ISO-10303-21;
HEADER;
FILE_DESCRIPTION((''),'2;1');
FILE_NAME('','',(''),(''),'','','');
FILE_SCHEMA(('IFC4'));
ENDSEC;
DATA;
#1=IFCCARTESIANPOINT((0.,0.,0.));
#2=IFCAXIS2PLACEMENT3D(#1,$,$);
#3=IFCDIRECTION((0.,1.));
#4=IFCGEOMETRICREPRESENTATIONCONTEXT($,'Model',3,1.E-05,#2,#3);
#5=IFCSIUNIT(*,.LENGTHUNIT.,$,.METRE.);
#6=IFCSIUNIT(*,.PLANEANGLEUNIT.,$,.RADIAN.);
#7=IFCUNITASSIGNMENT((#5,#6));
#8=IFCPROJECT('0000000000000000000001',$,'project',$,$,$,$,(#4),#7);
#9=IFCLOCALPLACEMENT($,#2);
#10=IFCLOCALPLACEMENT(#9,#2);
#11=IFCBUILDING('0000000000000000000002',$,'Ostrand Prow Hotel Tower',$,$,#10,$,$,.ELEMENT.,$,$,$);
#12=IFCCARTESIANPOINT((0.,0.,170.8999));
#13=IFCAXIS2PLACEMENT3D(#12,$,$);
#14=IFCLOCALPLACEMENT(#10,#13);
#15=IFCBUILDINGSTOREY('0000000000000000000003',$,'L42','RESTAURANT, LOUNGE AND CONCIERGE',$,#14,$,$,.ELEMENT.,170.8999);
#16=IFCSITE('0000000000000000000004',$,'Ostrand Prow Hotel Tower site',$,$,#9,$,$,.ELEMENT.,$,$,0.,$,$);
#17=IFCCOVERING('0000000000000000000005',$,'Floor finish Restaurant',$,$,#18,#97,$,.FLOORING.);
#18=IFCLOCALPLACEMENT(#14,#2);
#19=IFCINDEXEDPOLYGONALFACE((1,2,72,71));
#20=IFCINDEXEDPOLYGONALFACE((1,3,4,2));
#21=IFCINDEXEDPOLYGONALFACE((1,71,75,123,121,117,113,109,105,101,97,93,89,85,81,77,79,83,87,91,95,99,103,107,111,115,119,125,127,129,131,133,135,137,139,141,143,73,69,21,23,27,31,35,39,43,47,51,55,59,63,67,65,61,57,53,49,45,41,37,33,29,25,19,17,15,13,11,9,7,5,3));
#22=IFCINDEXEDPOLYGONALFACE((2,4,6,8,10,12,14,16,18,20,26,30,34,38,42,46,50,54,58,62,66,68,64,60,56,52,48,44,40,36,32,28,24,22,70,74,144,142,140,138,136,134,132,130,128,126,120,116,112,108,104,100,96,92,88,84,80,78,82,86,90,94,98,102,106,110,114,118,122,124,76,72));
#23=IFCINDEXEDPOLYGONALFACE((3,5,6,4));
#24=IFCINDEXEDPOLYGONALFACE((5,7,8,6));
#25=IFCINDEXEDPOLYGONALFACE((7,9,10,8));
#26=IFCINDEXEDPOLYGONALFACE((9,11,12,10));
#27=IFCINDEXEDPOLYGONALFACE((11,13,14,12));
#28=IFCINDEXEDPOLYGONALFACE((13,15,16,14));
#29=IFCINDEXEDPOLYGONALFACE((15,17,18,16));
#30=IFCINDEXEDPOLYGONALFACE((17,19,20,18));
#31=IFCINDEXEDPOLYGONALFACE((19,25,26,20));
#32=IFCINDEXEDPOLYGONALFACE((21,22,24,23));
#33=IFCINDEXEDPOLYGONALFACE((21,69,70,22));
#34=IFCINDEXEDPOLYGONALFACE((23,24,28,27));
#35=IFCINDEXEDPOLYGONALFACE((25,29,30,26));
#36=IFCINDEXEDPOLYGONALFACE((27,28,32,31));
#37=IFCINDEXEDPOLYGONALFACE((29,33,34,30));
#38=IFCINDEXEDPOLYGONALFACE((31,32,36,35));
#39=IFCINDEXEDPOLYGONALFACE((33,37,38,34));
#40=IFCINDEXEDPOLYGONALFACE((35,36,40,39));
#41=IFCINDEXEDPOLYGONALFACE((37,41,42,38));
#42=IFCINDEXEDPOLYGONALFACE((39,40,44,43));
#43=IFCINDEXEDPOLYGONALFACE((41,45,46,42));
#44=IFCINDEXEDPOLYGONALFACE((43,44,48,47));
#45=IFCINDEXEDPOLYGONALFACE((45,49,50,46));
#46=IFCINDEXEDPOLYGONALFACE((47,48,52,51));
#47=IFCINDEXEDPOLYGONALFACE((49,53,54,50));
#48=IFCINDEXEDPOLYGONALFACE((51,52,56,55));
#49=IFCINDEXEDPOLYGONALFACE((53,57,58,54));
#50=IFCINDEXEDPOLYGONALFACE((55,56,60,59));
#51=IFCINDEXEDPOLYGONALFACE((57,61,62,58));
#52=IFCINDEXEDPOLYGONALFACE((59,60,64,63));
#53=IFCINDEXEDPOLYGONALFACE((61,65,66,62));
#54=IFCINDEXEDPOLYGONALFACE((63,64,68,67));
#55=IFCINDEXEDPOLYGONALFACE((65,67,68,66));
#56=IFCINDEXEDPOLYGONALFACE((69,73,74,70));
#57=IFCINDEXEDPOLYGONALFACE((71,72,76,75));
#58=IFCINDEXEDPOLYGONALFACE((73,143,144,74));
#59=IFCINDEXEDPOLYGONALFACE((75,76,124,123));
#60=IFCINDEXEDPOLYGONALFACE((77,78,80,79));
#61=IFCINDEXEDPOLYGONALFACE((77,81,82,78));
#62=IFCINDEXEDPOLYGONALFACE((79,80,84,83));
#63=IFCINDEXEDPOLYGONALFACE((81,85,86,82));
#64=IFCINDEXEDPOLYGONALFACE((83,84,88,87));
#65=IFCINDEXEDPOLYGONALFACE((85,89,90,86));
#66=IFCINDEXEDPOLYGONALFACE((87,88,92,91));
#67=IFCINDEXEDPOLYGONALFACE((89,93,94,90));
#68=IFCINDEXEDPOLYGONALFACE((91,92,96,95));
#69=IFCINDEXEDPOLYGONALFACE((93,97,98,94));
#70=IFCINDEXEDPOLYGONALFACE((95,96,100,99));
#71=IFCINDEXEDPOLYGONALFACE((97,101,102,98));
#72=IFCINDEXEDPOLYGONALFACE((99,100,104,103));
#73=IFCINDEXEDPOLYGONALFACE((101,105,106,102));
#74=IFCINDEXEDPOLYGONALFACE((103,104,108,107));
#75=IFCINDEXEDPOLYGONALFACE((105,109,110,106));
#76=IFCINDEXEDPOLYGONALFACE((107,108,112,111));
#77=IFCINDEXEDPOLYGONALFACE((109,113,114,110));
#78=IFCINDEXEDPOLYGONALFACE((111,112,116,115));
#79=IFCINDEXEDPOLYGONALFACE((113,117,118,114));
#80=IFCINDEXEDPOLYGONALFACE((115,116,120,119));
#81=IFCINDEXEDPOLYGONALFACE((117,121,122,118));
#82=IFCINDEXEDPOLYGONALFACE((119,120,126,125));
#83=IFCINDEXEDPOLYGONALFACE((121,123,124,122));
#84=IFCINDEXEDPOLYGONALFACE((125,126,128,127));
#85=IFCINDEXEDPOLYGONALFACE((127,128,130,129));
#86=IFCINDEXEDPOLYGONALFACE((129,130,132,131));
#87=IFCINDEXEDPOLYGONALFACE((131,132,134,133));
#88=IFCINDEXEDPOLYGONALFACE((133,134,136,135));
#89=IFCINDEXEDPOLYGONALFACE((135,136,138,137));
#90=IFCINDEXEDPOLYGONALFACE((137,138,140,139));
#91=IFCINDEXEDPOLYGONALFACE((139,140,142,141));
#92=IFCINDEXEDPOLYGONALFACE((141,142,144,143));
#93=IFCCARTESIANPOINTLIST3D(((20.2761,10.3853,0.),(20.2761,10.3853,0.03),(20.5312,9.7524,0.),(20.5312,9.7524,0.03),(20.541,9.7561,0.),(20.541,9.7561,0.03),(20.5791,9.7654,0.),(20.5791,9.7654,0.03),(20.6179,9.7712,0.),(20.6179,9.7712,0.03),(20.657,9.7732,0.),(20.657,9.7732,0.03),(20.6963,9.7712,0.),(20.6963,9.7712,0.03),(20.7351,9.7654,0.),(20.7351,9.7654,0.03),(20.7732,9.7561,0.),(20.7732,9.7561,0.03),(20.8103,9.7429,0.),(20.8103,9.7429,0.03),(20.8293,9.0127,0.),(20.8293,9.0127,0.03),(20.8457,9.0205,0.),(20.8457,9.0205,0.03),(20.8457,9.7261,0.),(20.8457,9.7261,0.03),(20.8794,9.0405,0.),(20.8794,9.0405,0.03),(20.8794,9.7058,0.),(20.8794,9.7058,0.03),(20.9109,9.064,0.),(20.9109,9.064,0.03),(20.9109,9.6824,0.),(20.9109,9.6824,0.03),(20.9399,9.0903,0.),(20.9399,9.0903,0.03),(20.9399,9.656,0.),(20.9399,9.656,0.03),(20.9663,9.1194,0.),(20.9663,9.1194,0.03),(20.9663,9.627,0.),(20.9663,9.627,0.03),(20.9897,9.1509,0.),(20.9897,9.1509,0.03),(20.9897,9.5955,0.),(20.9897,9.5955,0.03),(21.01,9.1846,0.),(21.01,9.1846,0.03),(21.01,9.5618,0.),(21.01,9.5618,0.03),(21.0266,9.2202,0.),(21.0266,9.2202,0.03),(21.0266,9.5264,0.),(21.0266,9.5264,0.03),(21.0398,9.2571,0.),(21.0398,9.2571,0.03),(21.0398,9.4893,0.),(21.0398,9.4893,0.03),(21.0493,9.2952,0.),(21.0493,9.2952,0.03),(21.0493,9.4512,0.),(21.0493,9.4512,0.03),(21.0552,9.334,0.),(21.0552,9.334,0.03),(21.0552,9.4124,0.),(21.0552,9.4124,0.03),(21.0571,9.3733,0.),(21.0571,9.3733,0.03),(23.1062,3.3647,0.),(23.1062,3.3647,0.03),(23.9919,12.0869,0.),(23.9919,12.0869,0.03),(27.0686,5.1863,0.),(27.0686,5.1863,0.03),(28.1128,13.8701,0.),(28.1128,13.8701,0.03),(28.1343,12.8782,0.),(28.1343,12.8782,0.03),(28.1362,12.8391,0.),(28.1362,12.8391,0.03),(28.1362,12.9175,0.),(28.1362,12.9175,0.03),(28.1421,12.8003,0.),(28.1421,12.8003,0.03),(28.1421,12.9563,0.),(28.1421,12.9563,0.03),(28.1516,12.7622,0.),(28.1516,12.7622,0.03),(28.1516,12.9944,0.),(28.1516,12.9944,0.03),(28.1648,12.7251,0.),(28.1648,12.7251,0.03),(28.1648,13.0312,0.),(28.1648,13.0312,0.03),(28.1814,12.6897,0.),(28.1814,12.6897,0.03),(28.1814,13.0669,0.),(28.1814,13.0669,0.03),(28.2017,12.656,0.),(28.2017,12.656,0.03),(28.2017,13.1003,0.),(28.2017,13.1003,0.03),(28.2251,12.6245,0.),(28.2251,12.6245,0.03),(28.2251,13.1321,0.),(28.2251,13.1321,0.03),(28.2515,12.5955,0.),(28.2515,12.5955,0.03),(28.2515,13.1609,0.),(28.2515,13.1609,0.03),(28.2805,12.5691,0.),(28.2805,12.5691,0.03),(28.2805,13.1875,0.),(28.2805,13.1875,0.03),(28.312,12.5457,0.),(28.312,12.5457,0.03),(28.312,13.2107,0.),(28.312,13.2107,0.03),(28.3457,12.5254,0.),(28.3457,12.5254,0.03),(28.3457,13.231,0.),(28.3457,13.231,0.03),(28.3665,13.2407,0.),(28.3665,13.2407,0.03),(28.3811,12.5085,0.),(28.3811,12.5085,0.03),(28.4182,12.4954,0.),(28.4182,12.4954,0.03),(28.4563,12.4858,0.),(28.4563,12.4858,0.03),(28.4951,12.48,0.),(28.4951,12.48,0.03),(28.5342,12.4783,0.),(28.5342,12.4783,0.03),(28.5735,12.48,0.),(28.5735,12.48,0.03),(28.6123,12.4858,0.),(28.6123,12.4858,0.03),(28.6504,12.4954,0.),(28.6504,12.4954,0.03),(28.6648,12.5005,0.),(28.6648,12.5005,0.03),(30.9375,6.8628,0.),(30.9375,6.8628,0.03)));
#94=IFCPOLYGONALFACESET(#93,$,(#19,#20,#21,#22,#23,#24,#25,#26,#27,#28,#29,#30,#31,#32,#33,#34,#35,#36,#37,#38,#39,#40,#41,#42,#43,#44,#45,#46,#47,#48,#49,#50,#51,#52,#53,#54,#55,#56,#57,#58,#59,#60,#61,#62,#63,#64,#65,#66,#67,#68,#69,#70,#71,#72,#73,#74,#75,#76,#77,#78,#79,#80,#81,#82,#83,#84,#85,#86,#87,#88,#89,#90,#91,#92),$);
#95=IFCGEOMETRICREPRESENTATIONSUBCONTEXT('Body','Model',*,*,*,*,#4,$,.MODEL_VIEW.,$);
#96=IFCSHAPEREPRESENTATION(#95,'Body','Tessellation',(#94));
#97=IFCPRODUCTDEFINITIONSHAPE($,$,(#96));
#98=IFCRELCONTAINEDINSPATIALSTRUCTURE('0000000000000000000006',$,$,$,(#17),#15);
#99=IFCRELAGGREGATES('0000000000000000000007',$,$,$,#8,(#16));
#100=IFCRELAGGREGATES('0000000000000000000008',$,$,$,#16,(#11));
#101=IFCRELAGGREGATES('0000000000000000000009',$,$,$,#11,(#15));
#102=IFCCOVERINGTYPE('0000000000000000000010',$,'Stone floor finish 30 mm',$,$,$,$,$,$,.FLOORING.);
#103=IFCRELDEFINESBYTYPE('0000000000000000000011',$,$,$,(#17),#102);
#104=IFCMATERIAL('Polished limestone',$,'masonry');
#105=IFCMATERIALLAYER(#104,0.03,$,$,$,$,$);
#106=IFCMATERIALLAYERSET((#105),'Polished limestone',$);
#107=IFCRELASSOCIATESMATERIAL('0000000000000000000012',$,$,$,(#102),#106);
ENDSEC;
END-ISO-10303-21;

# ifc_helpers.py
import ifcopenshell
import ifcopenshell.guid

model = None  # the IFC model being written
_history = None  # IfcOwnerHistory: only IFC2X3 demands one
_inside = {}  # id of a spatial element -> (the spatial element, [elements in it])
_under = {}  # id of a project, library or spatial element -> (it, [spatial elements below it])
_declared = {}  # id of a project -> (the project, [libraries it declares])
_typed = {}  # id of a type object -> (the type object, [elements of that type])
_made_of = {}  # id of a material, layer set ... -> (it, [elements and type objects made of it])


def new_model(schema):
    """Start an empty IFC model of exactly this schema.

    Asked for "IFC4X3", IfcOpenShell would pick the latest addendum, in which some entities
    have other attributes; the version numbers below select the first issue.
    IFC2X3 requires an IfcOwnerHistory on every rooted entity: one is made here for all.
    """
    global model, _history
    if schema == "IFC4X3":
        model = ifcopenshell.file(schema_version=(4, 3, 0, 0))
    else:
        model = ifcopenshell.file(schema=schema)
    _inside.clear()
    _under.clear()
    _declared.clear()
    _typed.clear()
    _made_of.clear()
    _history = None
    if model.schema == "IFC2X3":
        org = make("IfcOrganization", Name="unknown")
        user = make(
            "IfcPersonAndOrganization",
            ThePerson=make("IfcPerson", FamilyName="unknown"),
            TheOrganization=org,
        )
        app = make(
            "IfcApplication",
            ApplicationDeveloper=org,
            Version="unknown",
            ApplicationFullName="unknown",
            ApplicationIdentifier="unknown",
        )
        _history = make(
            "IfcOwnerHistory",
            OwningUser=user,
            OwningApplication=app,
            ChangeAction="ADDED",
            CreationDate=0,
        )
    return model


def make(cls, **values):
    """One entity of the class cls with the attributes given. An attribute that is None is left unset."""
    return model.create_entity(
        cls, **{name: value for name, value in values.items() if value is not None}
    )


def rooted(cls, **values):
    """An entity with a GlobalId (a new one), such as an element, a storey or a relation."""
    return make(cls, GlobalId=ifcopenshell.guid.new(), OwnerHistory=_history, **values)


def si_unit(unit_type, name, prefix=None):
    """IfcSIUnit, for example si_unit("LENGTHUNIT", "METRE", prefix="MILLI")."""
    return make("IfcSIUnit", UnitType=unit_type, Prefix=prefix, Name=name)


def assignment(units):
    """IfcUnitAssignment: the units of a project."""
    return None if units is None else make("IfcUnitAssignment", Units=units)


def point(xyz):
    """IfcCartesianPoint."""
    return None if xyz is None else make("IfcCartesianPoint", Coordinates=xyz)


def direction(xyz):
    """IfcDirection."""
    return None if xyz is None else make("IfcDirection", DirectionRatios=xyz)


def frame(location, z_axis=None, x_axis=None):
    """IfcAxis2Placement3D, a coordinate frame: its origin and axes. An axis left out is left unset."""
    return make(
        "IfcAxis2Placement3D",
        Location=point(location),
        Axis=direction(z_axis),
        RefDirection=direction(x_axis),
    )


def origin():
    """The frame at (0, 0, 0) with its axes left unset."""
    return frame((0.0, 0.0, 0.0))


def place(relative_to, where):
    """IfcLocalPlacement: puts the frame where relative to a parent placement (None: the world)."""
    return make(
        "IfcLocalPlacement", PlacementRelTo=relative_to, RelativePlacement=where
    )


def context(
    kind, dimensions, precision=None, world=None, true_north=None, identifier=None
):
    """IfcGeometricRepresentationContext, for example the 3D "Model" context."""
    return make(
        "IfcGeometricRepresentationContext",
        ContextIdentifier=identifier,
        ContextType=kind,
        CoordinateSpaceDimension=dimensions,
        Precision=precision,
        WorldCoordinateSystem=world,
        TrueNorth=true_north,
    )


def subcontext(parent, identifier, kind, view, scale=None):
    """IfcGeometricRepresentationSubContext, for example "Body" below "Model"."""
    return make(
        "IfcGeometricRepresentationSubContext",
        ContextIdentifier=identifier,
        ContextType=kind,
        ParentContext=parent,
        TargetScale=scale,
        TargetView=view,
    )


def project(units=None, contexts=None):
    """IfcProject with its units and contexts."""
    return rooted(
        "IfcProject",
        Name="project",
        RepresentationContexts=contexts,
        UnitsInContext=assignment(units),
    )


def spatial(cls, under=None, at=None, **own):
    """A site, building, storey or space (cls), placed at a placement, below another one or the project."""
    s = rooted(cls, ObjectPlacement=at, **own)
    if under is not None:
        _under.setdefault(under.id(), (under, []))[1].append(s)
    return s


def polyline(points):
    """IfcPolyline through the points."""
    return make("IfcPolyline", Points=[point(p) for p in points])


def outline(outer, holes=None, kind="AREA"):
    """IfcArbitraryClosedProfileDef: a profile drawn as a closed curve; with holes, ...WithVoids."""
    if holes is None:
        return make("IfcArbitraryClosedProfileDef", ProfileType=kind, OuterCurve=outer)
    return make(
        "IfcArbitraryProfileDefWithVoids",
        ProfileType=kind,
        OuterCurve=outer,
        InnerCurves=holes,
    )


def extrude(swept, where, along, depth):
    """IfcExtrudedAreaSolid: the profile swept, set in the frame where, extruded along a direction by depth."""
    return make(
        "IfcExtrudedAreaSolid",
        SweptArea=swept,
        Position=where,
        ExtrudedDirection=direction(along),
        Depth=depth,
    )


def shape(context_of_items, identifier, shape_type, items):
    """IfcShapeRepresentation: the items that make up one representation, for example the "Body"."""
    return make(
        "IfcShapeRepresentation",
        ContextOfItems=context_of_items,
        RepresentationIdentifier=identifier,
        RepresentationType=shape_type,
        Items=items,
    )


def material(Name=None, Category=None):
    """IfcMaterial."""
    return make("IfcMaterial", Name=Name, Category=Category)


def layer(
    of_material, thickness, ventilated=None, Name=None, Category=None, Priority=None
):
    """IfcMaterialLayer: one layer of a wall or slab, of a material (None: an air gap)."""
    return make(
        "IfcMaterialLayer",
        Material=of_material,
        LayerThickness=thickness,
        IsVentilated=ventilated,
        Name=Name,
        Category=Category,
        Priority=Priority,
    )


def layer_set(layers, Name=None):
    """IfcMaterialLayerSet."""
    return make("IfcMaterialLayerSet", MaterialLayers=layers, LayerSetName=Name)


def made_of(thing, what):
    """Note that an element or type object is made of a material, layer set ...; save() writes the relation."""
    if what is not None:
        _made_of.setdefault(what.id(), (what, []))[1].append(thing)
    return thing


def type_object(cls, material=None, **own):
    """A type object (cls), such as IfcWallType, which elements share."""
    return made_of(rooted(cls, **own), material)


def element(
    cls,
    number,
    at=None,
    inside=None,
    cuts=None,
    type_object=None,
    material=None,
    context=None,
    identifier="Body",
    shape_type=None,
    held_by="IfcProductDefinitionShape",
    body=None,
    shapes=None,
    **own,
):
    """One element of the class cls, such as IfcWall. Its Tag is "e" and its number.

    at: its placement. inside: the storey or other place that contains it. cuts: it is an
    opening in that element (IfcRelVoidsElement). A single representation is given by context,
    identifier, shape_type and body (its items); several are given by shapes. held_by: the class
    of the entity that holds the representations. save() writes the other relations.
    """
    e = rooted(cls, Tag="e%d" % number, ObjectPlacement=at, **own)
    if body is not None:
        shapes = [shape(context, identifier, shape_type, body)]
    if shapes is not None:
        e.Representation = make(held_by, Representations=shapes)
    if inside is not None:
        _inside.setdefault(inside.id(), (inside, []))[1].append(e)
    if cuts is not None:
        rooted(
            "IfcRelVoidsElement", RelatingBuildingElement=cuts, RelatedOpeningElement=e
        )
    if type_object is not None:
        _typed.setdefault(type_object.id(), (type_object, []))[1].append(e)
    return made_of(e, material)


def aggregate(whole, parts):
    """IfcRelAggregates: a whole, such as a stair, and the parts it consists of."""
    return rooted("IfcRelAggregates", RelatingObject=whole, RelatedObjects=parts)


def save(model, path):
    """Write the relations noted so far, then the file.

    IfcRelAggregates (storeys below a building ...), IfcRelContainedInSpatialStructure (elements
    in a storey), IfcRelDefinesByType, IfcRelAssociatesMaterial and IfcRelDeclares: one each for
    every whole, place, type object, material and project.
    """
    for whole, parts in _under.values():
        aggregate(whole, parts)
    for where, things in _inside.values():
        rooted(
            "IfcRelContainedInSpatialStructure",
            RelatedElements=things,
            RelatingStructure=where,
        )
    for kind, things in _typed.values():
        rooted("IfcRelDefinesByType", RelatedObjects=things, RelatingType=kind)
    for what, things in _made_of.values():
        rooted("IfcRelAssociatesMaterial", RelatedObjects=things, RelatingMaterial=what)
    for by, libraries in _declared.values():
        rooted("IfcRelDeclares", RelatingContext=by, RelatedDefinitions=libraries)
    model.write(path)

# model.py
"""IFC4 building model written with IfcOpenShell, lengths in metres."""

from ifc_helpers import new_model, si_unit, direction, frame, origin, place, context, subcontext, project, spatial, polyline, outline, extrude, material, layer, layer_set, type_object, element, save


model = new_model("IFC4")

# Units and contexts
model_context = context("Model", 3, precision=1e-05, world=origin(), true_north=direction((0.0, 1.0)))
body_context = subcontext(model_context, "Body", "Model", "MODEL_VIEW")
ifc_project = project(units=[si_unit("LENGTHUNIT", "METRE"), si_unit("PLANEANGLEUNIT", "RADIAN")], contexts=[model_context])

# Site, building, storey
site_placement = place(None, origin())
site = spatial("IfcSite", under=ifc_project, at=site_placement, Name="Ostrand Prow Hotel Tower site", CompositionType="ELEMENT", RefElevation=0.0)
building_placement = place(site_placement, origin())
building = spatial("IfcBuilding", under=site, at=building_placement, Name="Ostrand Prow Hotel Tower", CompositionType="ELEMENT")
storey_placement = place(building_placement, frame((0.0, 0.0, 170.8999)))
storey = spatial("IfcBuildingStorey", under=building, at=storey_placement, Name="L42", Description="RESTAURANT, LOUNGE AND CONCIERGE", CompositionType="ELEMENT", Elevation=170.8999)

# Covering
ifc_material_1 = material(Name="Polished limestone", Category="masonry")
ifc_layer_1 = layer(ifc_material_1, 0.03)
ifc_layer_set_1 = layer_set([ifc_layer_1], Name="Polished limestone")
covering_type_1 = type_object("IfcCoveringType", Name="Stone floor finish 30 mm", PredefinedType="FLOORING", material=ifc_layer_set_1)
covering_1_placement = place(storey_placement, origin())
element("IfcCovering", 1, at=covering_1_placement, inside=storey, type_object=covering_type_1, Name="Floor finish Restaurant", PredefinedType="FLOORING", context=body_context, shape_type="SweptSolid", body=[
    extrude(outline(polyline([(28.1128, 13.8701), (23.9919, 12.0869), (20.2761, 10.3853), (20.5312, 9.7524), (20.541, 9.7561), (20.5791, 9.7654), (20.6179, 9.7712), (20.657, 9.7732), (20.6963, 9.7712), (20.7351, 9.7654), (20.7732, 9.7561), (20.8103, 9.7429), (20.8457, 9.7261), (20.8794, 9.7058), (20.9109, 9.6824), (20.9399, 9.656), (20.9663, 9.627), (20.9897, 9.5955), (21.01, 9.5618), (21.0266, 9.5264), (21.0398, 9.4893), (21.0493, 9.4512), (21.0552, 9.4124), (21.0571, 9.3733), (21.0552, 9.334), (21.0493, 9.2952), (21.0398, 9.2571), (21.0266, 9.2202), (21.01, 9.1846), (20.9897, 9.1509), (20.9663, 9.1194), (20.9399, 9.0903), (20.9109, 9.064), (20.8794, 9.0405), (20.8457, 9.0205), (20.8293, 9.0127), (23.1062, 3.3647), (27.0686, 5.1863), (30.9375, 6.8628), (28.6648, 12.5005), (28.6504, 12.4954), (28.6123, 12.4858), (28.5735, 12.48), (28.5342, 12.4783), (28.4951, 12.48), (28.4563, 12.4858), (28.4182, 12.4954), (28.3811, 12.5085), (28.3457, 12.5254), (28.312, 12.5457), (28.2805, 12.5691), (28.2515, 12.5955), (28.2251, 12.6245), (28.2017, 12.656), (28.1814, 12.6897), (28.1648, 12.7251), (28.1516, 12.7622), (28.1421, 12.8003), (28.1362, 12.8391), (28.1343, 12.8782), (28.1362, 12.9175), (28.1421, 12.9563), (28.1516, 12.9944), (28.1648, 13.0312), (28.1814, 13.0669), (28.2017, 13.1003), (28.2251, 13.1321), (28.2515, 13.1609), (28.2805, 13.1875), (28.312, 13.2107), (28.3457, 13.231), (28.3665, 13.2407), (28.1128, 13.8701)])), origin(), (0.0, 0.0, 1.0), 0.03),
])

save(model, "model.ifc")
